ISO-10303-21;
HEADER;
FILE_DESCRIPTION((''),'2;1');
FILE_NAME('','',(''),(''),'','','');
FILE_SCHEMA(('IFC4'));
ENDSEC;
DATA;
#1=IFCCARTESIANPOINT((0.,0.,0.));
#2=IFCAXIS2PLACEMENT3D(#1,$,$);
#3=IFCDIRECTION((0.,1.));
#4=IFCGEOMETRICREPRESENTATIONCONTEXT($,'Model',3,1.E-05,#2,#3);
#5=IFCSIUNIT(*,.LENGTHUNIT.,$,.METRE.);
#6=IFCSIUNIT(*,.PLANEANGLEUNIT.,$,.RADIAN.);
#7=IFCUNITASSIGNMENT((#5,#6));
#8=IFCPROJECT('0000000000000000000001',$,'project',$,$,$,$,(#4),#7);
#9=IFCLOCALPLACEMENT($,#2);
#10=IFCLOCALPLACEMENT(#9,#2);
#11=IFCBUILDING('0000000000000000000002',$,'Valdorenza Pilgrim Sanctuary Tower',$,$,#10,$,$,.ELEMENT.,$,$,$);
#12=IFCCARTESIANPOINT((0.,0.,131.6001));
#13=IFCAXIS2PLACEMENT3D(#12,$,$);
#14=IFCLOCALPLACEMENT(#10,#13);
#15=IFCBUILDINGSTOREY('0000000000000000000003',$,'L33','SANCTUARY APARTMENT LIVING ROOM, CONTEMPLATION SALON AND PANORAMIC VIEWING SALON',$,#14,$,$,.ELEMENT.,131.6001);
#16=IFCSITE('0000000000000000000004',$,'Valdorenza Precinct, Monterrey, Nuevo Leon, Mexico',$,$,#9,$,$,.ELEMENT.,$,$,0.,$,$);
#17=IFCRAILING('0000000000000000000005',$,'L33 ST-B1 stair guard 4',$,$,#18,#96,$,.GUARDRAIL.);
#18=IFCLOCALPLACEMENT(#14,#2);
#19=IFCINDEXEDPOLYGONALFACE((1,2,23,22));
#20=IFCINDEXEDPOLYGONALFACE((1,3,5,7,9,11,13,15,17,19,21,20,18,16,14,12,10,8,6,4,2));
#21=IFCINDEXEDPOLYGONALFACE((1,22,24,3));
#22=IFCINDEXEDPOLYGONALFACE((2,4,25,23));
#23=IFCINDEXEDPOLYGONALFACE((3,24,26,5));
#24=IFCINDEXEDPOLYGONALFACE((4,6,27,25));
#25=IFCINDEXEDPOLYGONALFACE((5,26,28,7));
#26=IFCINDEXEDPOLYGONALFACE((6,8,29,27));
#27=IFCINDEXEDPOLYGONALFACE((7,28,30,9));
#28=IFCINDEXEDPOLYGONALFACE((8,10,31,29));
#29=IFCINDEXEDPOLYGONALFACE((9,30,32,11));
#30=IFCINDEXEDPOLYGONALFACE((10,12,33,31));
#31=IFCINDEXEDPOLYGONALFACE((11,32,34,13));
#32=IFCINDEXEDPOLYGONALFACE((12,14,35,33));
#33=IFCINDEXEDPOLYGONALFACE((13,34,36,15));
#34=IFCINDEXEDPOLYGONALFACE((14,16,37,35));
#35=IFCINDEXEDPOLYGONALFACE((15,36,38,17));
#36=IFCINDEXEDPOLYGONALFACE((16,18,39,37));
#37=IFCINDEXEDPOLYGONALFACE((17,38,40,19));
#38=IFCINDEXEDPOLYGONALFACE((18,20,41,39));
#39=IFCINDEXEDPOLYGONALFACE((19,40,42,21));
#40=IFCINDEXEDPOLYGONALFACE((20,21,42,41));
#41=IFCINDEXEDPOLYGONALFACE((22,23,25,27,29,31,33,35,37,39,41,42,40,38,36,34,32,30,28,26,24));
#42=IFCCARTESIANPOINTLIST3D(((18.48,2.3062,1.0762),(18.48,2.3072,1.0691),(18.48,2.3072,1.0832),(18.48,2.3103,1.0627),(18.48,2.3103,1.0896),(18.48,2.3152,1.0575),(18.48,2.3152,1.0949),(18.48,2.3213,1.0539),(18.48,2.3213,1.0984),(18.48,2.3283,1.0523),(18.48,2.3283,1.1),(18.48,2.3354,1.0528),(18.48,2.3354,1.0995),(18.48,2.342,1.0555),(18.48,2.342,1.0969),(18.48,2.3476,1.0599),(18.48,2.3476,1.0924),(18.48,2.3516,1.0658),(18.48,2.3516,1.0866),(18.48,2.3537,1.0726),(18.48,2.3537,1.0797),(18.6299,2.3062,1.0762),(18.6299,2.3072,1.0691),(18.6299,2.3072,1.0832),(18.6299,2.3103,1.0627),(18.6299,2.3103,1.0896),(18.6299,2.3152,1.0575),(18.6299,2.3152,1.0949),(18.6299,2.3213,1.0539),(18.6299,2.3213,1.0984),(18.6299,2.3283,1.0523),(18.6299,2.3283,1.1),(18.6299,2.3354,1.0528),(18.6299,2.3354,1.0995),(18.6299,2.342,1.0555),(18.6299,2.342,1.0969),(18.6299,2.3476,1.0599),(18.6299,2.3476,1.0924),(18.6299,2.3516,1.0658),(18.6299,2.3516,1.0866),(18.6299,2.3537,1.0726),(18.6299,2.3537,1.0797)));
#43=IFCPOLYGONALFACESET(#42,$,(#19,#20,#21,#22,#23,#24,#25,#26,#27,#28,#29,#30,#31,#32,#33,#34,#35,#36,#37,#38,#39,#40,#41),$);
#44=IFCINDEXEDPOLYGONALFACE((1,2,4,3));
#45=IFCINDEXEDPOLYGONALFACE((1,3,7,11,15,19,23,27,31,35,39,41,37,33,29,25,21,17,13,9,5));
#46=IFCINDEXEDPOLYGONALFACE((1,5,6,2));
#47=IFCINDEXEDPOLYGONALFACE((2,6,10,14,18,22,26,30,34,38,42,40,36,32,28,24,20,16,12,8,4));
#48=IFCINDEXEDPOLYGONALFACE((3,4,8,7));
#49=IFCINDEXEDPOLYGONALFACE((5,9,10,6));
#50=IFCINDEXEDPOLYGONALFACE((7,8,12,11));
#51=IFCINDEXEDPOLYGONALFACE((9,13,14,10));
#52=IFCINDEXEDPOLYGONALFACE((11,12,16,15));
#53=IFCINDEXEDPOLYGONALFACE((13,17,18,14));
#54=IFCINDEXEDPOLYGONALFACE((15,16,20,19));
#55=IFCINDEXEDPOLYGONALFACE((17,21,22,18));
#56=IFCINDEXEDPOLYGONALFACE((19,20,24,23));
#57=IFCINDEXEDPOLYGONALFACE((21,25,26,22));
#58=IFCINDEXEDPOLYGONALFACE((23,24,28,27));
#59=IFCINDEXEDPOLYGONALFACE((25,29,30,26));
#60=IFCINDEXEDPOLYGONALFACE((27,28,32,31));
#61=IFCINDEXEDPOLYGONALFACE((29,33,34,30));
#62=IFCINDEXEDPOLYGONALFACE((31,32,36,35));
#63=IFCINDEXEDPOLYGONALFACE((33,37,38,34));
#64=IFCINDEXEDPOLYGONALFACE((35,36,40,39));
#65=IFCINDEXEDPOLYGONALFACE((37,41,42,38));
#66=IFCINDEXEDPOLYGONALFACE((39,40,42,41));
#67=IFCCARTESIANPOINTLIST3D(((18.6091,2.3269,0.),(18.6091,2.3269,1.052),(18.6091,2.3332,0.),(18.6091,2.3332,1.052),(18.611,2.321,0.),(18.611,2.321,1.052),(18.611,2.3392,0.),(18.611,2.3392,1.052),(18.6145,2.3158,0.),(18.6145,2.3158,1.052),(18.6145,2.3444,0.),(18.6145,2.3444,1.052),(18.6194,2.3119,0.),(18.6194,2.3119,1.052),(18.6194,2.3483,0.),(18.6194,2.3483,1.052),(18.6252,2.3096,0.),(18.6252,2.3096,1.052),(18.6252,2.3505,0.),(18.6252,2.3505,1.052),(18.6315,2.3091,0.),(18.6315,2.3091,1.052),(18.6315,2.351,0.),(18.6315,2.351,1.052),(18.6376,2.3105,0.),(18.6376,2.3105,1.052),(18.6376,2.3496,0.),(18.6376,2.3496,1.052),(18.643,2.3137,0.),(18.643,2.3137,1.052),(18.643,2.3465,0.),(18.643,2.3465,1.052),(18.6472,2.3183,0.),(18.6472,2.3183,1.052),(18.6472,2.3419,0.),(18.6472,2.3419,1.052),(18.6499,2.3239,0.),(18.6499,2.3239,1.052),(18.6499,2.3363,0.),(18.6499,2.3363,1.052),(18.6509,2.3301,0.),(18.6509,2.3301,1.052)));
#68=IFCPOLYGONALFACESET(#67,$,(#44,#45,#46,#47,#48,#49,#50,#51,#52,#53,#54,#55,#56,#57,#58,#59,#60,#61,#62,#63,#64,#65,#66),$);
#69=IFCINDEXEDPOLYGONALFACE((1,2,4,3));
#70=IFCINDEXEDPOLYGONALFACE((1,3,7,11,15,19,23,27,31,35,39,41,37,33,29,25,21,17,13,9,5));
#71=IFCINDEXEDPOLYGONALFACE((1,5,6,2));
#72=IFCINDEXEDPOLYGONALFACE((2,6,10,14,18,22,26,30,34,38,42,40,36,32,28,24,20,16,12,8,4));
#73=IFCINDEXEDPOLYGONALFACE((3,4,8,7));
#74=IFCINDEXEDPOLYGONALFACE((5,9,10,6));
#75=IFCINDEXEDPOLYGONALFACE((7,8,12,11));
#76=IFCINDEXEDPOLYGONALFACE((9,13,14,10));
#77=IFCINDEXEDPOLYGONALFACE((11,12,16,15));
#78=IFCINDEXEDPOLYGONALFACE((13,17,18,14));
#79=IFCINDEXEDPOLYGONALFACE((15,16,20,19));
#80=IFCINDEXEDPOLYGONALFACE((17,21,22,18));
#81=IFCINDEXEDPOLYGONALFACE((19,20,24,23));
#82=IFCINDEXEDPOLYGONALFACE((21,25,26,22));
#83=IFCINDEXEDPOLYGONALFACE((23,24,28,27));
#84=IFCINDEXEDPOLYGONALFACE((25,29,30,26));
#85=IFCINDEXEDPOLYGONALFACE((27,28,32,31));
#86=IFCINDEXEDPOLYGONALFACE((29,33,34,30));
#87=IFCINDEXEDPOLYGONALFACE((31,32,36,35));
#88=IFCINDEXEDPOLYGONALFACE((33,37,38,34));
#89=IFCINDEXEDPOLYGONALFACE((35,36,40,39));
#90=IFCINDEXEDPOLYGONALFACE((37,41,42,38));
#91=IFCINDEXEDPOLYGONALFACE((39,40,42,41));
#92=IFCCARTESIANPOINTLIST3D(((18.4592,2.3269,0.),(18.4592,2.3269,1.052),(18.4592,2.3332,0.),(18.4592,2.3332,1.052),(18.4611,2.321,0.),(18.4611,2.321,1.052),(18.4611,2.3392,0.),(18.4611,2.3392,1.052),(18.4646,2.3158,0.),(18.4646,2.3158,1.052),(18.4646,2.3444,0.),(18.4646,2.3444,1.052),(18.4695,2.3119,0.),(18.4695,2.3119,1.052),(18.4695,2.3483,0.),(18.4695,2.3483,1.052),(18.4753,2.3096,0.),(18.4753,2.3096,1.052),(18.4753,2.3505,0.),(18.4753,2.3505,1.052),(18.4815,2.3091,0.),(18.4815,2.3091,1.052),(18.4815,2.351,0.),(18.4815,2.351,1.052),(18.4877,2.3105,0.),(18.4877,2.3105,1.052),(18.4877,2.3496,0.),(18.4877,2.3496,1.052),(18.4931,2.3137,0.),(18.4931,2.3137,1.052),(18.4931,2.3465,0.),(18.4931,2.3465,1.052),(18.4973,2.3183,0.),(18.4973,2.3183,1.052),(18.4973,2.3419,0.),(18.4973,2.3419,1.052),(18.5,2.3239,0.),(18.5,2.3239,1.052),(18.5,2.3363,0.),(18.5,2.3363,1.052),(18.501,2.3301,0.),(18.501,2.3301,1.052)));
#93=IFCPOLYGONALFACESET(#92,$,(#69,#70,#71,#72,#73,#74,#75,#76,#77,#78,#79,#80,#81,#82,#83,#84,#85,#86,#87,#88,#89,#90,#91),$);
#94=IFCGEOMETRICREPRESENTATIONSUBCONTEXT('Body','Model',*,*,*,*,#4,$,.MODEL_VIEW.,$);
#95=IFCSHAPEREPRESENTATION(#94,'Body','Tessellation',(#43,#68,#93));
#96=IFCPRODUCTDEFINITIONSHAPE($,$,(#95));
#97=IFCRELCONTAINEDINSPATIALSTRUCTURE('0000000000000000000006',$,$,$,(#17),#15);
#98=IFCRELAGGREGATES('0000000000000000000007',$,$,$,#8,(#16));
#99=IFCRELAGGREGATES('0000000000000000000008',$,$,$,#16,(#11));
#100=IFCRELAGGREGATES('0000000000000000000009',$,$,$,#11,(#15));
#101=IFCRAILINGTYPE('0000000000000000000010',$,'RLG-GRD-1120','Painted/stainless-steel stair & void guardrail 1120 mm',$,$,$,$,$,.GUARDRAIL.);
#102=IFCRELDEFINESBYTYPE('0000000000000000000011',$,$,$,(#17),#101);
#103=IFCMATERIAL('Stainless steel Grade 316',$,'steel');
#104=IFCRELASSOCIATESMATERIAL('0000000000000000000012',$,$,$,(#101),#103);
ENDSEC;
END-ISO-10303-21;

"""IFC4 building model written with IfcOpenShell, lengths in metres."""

from ifc_helpers import new_model, si_unit, direction, frame, origin, origin_2d, place, context, subcontext, project, spatial, circle, extrude, material, type_object, element, save


model = new_model("IFC4")

# Units and contexts
model_context = context("Model", 3, precision=1e-05, world=origin(), true_north=direction((0.0, 1.0)))
body_context = subcontext(model_context, "Body", "Model", "MODEL_VIEW")
ifc_project = project(units=[si_unit("LENGTHUNIT", "METRE"), si_unit("PLANEANGLEUNIT", "RADIAN")], contexts=[model_context])

# Site, building, storey
site_placement = place(None, origin())
site = spatial("IfcSite", under=ifc_project, at=site_placement, Name="Valdorenza Precinct, Monterrey, Nuevo Leon, Mexico", CompositionType="ELEMENT", RefElevation=0.0)
building_placement = place(site_placement, origin())
building = spatial("IfcBuilding", under=site, at=building_placement, Name="Valdorenza Pilgrim Sanctuary Tower", CompositionType="ELEMENT")
storey_placement = place(building_placement, frame((0.0, 0.0, 131.6001)))
storey = spatial("IfcBuildingStorey", under=building, at=storey_placement, Name="L33", Description="SANCTUARY APARTMENT LIVING ROOM, CONTEMPLATION SALON AND PANORAMIC VIEWING SALON", CompositionType="ELEMENT", Elevation=131.6001)

# Railing
ifc_material_1 = material(Name="Stainless steel Grade 316", Category="steel")
railing_type_1 = type_object("IfcRailingType", Name="RLG-GRD-1120", Description="Painted/stainless-steel stair & void guardrail 1120 mm", PredefinedType="GUARDRAIL", material=ifc_material_1)
railing_1_placement = place(storey_placement, frame((18.6299, 2.3301, 0.0)))
element("IfcRailing", 1, at=railing_1_placement, inside=storey, type_object=railing_type_1, Name="L33 ST-B1 stair guard 4", PredefinedType="GUARDRAIL", context=body_context, shape_type="SweptSolid", body=[
    extrude(circle(Radius=0.0239, at=origin_2d()), frame((0.0, 0.0, 1.0762), z_axis=(-1.0, 0.0, 0.0), x_axis=(0.0, -1.0, 0.0)), (0.0, 0.0, 1.0), 0.1499),
    extrude(circle(Radius=0.021, at=origin_2d()), origin(), (0.0, 0.0, 1.0), 1.052),
    extrude(circle(Radius=0.021, at=origin_2d()), frame((-0.1499, 0.0, 0.0)), (0.0, 0.0, 1.0), 1.052),
])

save(model, "model.ifc")
